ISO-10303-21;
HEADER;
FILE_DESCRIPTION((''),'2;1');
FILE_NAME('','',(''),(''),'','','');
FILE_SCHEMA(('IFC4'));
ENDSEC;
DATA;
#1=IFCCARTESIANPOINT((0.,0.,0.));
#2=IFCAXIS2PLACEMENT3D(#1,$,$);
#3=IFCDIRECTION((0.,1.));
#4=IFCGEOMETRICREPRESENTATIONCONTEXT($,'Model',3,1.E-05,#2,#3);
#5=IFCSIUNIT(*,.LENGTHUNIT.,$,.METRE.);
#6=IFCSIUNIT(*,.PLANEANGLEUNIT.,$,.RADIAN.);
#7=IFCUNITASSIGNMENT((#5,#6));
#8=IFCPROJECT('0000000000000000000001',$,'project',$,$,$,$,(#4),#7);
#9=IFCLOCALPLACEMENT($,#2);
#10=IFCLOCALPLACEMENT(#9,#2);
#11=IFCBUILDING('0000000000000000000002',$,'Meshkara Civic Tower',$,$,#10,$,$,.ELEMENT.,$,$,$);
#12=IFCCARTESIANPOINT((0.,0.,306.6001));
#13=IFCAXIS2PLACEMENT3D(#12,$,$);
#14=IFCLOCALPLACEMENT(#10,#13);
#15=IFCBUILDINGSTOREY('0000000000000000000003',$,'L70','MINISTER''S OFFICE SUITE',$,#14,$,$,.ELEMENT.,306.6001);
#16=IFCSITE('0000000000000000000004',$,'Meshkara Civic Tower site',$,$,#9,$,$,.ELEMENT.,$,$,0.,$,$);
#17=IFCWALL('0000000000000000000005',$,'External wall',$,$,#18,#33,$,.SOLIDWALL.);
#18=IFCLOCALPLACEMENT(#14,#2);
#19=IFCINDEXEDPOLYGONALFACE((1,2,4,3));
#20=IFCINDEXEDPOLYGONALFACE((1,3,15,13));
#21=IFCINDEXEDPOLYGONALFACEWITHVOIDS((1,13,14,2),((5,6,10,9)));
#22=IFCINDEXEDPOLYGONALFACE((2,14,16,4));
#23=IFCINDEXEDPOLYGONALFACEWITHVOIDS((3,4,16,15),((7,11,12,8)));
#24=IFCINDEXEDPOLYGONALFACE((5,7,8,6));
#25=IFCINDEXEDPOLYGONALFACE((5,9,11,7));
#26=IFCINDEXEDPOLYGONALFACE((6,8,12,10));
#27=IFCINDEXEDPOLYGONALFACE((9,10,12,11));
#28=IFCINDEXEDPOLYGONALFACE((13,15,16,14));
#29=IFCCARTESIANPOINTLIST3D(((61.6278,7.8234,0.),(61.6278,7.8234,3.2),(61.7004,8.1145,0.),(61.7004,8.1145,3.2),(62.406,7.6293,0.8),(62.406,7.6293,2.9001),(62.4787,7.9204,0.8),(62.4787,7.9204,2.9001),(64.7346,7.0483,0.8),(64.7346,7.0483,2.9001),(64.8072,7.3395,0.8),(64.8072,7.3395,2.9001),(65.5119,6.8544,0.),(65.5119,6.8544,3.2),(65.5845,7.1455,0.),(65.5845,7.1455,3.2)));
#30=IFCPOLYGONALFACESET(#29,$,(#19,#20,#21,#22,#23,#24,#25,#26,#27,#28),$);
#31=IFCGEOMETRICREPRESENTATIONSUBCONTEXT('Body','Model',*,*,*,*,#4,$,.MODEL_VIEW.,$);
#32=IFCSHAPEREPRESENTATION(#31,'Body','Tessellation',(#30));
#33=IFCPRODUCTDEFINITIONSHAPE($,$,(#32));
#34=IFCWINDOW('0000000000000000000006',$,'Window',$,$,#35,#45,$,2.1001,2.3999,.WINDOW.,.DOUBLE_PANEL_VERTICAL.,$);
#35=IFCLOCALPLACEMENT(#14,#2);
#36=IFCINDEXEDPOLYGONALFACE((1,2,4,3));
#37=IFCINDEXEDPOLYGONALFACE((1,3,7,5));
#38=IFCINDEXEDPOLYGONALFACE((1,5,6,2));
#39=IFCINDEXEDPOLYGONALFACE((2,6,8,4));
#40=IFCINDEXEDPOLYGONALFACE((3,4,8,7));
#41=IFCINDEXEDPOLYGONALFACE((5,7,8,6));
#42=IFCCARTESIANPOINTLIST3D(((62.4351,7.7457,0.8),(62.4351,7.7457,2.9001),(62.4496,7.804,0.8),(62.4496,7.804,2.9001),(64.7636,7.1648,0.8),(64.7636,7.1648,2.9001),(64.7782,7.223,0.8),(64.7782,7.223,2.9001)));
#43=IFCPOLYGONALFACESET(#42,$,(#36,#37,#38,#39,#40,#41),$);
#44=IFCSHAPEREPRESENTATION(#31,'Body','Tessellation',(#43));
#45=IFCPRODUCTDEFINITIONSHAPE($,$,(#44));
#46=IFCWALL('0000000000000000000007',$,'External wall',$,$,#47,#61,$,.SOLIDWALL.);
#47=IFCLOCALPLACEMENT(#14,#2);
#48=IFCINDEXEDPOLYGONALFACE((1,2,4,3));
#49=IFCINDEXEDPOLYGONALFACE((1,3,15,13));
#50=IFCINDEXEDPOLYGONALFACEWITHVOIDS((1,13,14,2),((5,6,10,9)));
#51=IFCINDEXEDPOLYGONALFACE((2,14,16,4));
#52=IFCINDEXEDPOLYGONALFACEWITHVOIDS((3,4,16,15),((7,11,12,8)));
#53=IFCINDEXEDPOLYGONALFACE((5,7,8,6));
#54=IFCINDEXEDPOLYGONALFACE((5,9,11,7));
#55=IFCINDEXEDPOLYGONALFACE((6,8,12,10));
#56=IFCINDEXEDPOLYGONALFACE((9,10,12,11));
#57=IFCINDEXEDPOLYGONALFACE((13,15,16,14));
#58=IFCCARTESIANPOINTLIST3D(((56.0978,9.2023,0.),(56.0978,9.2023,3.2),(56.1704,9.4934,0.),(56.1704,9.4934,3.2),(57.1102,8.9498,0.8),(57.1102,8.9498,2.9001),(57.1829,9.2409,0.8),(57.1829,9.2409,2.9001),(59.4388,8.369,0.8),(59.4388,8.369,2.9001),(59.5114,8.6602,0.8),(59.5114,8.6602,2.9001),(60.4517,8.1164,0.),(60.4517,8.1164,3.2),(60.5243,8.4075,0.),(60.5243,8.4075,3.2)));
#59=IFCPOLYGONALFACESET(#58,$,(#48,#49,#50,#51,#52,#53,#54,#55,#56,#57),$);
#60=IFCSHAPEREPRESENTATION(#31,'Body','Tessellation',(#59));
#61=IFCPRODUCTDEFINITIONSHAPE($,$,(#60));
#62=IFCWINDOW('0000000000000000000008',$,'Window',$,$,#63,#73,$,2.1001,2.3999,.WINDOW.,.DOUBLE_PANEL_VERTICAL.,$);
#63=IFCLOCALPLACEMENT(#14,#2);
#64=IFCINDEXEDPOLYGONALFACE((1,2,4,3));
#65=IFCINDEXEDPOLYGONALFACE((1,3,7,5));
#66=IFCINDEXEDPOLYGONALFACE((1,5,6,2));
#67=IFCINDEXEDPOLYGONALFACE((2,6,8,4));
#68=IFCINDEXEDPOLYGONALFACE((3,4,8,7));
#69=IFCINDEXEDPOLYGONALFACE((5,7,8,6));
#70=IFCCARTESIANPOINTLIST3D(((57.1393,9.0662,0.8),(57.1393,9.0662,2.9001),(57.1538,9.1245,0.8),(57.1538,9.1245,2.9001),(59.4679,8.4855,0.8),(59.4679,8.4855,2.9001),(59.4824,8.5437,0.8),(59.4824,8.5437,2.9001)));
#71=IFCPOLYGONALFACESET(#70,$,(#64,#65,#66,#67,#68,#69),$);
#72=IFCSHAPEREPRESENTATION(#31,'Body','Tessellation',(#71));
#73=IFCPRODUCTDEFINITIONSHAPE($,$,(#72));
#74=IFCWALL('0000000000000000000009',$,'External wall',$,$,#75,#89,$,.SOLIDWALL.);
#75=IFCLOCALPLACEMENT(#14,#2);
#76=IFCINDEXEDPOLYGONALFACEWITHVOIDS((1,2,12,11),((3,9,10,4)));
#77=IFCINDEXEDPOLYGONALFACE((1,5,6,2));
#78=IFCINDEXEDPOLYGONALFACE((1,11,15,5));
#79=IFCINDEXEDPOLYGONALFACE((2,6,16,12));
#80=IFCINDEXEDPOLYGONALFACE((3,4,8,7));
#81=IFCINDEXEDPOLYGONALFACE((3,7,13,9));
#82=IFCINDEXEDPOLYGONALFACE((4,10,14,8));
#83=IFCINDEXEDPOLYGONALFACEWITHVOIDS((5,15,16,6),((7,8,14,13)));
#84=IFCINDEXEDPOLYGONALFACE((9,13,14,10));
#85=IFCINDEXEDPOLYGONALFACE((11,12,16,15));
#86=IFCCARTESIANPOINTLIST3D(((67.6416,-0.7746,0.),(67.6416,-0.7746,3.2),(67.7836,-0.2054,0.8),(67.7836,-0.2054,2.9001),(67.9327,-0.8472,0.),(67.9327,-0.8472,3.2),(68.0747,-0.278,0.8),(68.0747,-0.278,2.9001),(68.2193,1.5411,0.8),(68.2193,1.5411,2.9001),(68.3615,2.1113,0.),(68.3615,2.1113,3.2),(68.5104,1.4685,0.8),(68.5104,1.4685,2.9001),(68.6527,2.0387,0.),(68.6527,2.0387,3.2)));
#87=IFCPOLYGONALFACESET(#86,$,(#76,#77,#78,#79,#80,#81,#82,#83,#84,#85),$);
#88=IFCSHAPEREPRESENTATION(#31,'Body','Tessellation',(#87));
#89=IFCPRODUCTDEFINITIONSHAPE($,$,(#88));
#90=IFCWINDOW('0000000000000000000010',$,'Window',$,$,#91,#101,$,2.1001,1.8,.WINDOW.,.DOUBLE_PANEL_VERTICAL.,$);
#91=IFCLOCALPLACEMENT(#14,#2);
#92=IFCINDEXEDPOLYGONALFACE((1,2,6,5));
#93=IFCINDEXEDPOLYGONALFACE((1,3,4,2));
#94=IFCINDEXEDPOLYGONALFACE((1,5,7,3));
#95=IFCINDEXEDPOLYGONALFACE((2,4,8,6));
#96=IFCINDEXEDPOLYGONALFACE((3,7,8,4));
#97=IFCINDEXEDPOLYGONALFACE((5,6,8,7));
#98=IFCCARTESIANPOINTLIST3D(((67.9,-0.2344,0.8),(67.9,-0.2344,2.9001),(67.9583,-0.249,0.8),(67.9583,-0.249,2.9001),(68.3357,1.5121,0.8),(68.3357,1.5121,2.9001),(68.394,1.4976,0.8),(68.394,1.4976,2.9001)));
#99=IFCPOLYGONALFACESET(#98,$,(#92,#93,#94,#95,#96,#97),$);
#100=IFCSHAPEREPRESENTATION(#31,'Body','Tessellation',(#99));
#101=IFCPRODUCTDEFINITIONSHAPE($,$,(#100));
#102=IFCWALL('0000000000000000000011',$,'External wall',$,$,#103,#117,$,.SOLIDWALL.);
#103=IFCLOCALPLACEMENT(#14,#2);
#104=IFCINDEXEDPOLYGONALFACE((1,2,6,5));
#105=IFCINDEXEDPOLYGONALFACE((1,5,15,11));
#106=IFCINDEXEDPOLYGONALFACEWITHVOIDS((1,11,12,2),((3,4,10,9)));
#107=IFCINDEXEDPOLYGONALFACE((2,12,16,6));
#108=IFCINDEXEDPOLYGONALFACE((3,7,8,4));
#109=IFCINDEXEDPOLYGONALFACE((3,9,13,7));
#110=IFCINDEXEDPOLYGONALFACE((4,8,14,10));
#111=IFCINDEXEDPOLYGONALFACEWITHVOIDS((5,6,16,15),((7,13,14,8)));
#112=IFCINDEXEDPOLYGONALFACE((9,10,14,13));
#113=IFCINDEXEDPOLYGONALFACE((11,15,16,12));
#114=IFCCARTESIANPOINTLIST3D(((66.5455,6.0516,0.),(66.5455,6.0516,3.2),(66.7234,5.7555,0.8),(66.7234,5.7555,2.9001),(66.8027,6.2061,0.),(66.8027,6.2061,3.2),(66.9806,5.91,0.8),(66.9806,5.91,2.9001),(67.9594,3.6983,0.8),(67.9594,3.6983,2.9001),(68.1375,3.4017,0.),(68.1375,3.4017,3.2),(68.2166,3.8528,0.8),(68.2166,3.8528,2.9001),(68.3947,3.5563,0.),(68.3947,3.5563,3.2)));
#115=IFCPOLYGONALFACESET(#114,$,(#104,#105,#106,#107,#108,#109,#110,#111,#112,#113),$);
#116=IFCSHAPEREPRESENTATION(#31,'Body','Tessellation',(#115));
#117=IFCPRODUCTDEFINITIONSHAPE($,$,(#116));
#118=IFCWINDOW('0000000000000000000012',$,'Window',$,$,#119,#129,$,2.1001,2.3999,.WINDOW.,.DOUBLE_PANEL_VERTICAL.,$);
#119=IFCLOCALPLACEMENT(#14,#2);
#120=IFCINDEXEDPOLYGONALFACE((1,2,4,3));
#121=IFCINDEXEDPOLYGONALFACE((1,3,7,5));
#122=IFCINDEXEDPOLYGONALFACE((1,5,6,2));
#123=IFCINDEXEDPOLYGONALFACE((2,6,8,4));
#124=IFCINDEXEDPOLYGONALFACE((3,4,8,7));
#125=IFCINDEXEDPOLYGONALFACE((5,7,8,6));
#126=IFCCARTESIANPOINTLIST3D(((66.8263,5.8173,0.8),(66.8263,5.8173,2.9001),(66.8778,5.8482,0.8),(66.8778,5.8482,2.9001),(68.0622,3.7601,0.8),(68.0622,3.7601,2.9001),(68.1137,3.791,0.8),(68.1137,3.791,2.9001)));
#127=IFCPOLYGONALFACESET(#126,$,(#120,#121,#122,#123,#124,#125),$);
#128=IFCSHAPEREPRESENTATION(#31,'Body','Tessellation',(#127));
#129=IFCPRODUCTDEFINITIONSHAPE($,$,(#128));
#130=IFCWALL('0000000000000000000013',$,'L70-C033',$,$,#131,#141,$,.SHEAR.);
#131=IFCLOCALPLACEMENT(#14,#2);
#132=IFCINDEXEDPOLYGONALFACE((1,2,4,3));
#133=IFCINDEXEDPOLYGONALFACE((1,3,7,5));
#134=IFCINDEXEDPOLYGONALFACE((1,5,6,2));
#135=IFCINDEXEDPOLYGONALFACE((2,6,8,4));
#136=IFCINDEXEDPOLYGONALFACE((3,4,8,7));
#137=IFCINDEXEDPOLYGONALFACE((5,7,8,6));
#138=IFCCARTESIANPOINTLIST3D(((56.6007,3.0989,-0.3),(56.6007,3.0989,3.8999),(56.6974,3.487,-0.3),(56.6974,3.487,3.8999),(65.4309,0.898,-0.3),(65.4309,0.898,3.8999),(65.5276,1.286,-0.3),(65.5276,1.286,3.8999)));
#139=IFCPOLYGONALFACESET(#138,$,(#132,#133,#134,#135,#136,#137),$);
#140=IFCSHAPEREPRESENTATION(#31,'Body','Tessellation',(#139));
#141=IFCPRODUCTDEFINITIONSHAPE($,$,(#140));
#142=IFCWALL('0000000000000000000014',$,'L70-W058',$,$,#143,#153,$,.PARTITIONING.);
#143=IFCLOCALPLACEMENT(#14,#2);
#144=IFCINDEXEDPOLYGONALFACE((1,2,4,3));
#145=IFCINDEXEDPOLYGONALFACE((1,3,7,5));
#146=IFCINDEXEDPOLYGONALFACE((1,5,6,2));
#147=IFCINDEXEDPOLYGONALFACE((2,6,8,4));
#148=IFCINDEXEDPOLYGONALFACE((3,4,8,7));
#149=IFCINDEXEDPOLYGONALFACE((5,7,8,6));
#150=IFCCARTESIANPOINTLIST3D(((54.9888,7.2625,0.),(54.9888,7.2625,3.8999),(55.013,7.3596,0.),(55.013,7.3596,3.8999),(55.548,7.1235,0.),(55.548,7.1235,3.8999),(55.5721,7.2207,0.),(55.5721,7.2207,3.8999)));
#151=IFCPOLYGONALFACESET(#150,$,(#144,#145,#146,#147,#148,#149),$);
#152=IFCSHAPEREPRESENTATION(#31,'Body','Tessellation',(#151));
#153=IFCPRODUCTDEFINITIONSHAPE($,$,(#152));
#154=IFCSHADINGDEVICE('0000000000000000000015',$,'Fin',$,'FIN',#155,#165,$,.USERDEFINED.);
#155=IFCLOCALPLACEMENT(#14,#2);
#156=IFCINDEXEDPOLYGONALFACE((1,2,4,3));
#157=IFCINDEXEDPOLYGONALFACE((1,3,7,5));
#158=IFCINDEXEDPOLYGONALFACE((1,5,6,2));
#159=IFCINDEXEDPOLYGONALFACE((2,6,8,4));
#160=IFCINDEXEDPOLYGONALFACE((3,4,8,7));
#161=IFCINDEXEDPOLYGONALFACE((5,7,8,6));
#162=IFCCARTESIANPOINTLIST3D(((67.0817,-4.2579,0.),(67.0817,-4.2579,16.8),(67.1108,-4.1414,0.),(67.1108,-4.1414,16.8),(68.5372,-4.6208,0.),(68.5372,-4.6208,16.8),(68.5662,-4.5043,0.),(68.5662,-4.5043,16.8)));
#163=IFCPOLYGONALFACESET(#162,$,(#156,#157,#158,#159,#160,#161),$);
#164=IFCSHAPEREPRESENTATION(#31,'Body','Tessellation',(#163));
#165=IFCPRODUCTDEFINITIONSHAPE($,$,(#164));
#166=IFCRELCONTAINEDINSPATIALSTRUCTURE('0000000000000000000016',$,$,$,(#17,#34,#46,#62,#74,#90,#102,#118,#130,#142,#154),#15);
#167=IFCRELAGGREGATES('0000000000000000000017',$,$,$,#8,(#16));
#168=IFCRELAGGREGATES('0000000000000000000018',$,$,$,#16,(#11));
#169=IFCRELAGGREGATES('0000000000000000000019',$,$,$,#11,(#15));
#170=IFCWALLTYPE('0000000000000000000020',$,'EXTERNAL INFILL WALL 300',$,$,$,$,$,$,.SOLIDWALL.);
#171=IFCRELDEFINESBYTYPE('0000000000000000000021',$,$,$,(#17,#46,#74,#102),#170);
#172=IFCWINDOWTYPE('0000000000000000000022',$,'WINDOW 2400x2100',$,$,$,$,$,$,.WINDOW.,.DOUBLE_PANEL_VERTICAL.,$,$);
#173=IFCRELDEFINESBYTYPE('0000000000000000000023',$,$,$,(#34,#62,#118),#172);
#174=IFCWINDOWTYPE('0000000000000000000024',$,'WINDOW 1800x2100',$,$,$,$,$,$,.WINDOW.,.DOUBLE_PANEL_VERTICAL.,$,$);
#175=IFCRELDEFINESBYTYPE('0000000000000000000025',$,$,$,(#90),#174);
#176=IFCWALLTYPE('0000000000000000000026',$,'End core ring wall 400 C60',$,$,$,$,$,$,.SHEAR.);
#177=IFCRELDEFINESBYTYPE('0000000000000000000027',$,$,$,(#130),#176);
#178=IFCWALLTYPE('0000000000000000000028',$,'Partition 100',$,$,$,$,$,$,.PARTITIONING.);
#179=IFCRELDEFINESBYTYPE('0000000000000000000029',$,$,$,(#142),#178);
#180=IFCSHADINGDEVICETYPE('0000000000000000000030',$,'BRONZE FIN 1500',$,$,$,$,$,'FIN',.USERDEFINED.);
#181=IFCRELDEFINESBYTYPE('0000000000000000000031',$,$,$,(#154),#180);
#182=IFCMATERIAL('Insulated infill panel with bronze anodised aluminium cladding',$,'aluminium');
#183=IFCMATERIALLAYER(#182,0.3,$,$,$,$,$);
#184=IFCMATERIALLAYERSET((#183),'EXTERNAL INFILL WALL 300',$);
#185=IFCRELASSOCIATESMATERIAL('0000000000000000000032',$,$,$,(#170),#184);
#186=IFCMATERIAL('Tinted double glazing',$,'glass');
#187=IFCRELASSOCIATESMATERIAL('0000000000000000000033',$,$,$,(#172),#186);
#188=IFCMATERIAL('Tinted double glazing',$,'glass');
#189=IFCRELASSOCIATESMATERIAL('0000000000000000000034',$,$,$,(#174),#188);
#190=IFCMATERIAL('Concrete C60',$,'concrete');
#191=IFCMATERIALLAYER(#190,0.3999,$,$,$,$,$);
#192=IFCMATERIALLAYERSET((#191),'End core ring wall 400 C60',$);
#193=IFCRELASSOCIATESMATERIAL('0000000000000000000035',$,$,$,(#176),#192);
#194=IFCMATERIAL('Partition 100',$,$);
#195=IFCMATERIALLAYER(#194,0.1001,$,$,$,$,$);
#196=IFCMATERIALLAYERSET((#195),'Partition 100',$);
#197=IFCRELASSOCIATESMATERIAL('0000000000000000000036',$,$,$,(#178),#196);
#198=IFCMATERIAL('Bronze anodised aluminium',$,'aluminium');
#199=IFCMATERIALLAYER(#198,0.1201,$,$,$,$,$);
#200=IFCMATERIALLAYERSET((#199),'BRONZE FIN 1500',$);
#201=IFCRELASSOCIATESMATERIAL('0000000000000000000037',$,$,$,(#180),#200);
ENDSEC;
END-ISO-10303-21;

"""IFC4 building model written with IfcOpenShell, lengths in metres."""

from ifc_helpers import new_model, si_unit, direction, frame, frame_2d, origin, origin_2d, place, context, subcontext, project, spatial, rectangle, extrude, material, layer, layer_set, type_object, element, fill, save


model = new_model("IFC4")

# Units and contexts
model_context = context("Model", 3, precision=1e-05, world=origin(), true_north=direction((0.0, 1.0)))
body_context = subcontext(model_context, "Body", "Model", "MODEL_VIEW")
ifc_project = project(units=[si_unit("LENGTHUNIT", "METRE"), si_unit("PLANEANGLEUNIT", "RADIAN")], contexts=[model_context])

# Site, building, storey
site_placement = place(None, origin())
site = spatial("IfcSite", under=ifc_project, at=site_placement, Name="Meshkara Civic Tower site", CompositionType="ELEMENT", RefElevation=0.0)
building_placement = place(site_placement, origin())
building = spatial("IfcBuilding", under=site, at=building_placement, Name="Meshkara Civic Tower", CompositionType="ELEMENT")
storey_placement = place(building_placement, frame((0.0, 0.0, 306.6001)))
storey = spatial("IfcBuildingStorey", under=building, at=storey_placement, Name="L70", Description="MINISTER'S OFFICE SUITE", CompositionType="ELEMENT", Elevation=306.6001)

# Walls, openings, windows
ifc_material_1 = material(Name="Insulated infill panel with bronze anodised aluminium cladding", Category="aluminium")
ifc_layer_1 = layer(ifc_material_1, 0.3)
ifc_layer_set_1 = layer_set([ifc_layer_1], Name="EXTERNAL INFILL WALL 300")
wall_type_1 = type_object("IfcWallType", Name="EXTERNAL INFILL WALL 300", PredefinedType="SOLIDWALL", material=ifc_layer_set_1)
wall_1_placement = place(storey_placement, frame((65.5481, 7.0, 0.0), z_axis=(0.0, 0.0, 1.0), x_axis=(-0.970261, 0.242062, 0.0)))
wall_1 = element("IfcWall", 1, at=wall_1_placement, inside=storey, type_object=wall_type_1, Name="External wall", PredefinedType="SOLIDWALL", context=body_context, shape_type="SweptSolid", body=[
    extrude(rectangle(XDim=4.0032, YDim=0.3, at=frame_2d((2.0015, 0.0))), origin(), (0.0, 0.0, 1.0), 3.2),
])
opening_1_placement = place(wall_1_placement, frame((0.801, 0.0, 0.8)))
opening_1 = element("IfcOpeningElement", 2, at=opening_1_placement, cuts=wall_1, PredefinedType="OPENING", context=body_context, shape_type="SweptSolid", body=[
    extrude(rectangle(XDim=2.3999, YDim=2.1001, at=frame_2d((1.2, 1.05))), frame((0.0, 0.1599, 0.0), z_axis=(0.0, -1.0, 0.0), x_axis=(1.0, 0.0, 0.0)), (0.0, 0.0, 1.0), 0.3201),
])
ifc_material_2 = material(Name="Tinted double glazing", Category="glass")
window_type_1 = type_object("IfcWindowType", Name="WINDOW 2400x2100", PartitioningType="DOUBLE_PANEL_VERTICAL", PredefinedType="WINDOW", material=ifc_material_2)
window_1_placement = place(opening_1_placement, origin())
window_1 = element("IfcWindow", 3, at=window_1_placement, inside=storey, type_object=window_type_1, Name="Window", OverallHeight=2.1001, OverallWidth=2.3999, PartitioningType="DOUBLE_PANEL_VERTICAL", PredefinedType="WINDOW", context=body_context, shape_type="SweptSolid", body=[
    extrude(rectangle(XDim=2.3999, YDim=2.1001, at=frame_2d((1.2, 1.05))), frame((0.0, 0.03, 0.0), z_axis=(0.0, -1.0, 0.0), x_axis=(1.0, 0.0, 0.0)), (0.0, 0.0, 1.0), 0.0601),
])
fill(opening_1, window_1)
wall_2_placement = place(storey_placement, frame((60.488, 8.262, 0.0), z_axis=(0.0, 0.0, 1.0), x_axis=(-0.970277, 0.241998, 0.0)))
wall_2 = element("IfcWall", 4, at=wall_2_placement, inside=storey, type_object=wall_type_1, Name="External wall", PredefinedType="SOLIDWALL", context=body_context, shape_type="SweptSolid", body=[
    extrude(rectangle(XDim=4.4873, YDim=0.3, at=frame_2d((2.2437, 0.0))), origin(), (0.0, 0.0, 1.0), 3.2),
])
opening_2_placement = place(wall_2_placement, frame((1.0439, 0.0, 0.8)))
opening_2 = element("IfcOpeningElement", 5, at=opening_2_placement, cuts=wall_2, PredefinedType="OPENING", context=body_context, shape_type="SweptSolid", body=[
    extrude(rectangle(XDim=2.3999, YDim=2.1001, at=frame_2d((1.2, 1.05))), frame((0.0, 0.1599, 0.0), z_axis=(0.0, -1.0, 0.0), x_axis=(1.0, 0.0, 0.0)), (0.0, 0.0, 1.0), 0.3201),
])
window_2_placement = place(opening_2_placement, origin())
window_2 = element("IfcWindow", 6, at=window_2_placement, inside=storey, type_object=window_type_1, Name="Window", OverallHeight=2.1001, OverallWidth=2.3999, PartitioningType="DOUBLE_PANEL_VERTICAL", PredefinedType="WINDOW", context=body_context, shape_type="SweptSolid", body=[
    extrude(rectangle(XDim=2.3999, YDim=2.1001, at=frame_2d((1.2, 1.05))), frame((0.0, 0.03, 0.0), z_axis=(0.0, -1.0, 0.0), x_axis=(1.0, 0.0, 0.0)), (0.0, 0.0, 1.0), 0.0601),
])
fill(opening_2, window_2)
wall_3_placement = place(storey_placement, frame((67.7871, -0.811, 0.0), z_axis=(0.0, 0.0, 1.0), x_axis=(0.242053, 0.970263, 0.0)))
wall_3 = element("IfcWall", 7, at=wall_3_placement, inside=storey, type_object=wall_type_1, Name="External wall", PredefinedType="SOLIDWALL", context=body_context, shape_type="SweptSolid", body=[
    extrude(rectangle(XDim=2.9744, YDim=0.3, at=frame_2d((1.4873, 0.0))), origin(), (0.0, 0.0, 1.0), 3.2),
])
opening_3_placement = place(wall_3_placement, frame((0.5869, 0.0, 0.8)))
opening_3 = element("IfcOpeningElement", 8, at=opening_3_placement, cuts=wall_3, PredefinedType="OPENING", context=body_context, shape_type="SweptSolid", body=[
    extrude(rectangle(XDim=1.8, YDim=2.1001, at=frame_2d((0.8999, 1.05))), frame((0.0, 0.1599, 0.0), z_axis=(0.0, -1.0, 0.0), x_axis=(1.0, 0.0, 0.0)), (0.0, 0.0, 1.0), 0.3201),
])
ifc_material_3 = material(Name="Tinted double glazing", Category="glass")
window_type_2 = type_object("IfcWindowType", Name="WINDOW 1800x2100", PartitioningType="DOUBLE_PANEL_VERTICAL", PredefinedType="WINDOW", material=ifc_material_3)
window_3_placement = place(opening_3_placement, origin())
window_3 = element("IfcWindow", 9, at=window_3_placement, inside=storey, type_object=window_type_2, Name="Window", OverallHeight=2.1001, OverallWidth=1.8, PartitioningType="DOUBLE_PANEL_VERTICAL", PredefinedType="WINDOW", context=body_context, shape_type="SweptSolid", body=[
    extrude(rectangle(XDim=1.8, YDim=2.1001, at=frame_2d((0.8999, 1.05))), frame((0.0, 0.03, 0.0), z_axis=(0.0, -1.0, 0.0), x_axis=(1.0, 0.0, 0.0)), (0.0, 0.0, 1.0), 0.0601),
])
fill(opening_3, window_3)
wall_4_placement = place(storey_placement, frame((68.2661, 3.479, 0.0), z_axis=(0.0, 0.0, 1.0), x_axis=(-0.514995, 0.857193, 0.0)))
wall_4 = element("IfcWall", 10, at=wall_4_placement, inside=storey, type_object=wall_type_1, Name="External wall", PredefinedType="SOLIDWALL", context=body_context, shape_type="SweptSolid", body=[
    extrude(rectangle(XDim=3.0913, YDim=0.3, at=frame_2d((1.5457, 0.0))), origin(), (0.0, 0.0, 1.0), 3.2),
])
opening_4_placement = place(wall_4_placement, frame((0.3459, 0.0, 0.8)))
opening_4 = element("IfcOpeningElement", 11, at=opening_4_placement, cuts=wall_4, PredefinedType="OPENING", context=body_context, shape_type="SweptSolid", body=[
    extrude(rectangle(XDim=2.3999, YDim=2.1001, at=frame_2d((1.2, 1.05))), frame((0.0, 0.1599, 0.0), z_axis=(0.0, -1.0, 0.0), x_axis=(1.0, 0.0, 0.0)), (0.0, 0.0, 1.0), 0.3201),
])
window_4_placement = place(opening_4_placement, origin())
window_4 = element("IfcWindow", 12, at=window_4_placement, inside=storey, type_object=window_type_1, Name="Window", OverallHeight=2.1001, OverallWidth=2.3999, PartitioningType="DOUBLE_PANEL_VERTICAL", PredefinedType="WINDOW", context=body_context, shape_type="SweptSolid", body=[
    extrude(rectangle(XDim=2.3999, YDim=2.1001, at=frame_2d((1.2, 1.05))), frame((0.0, 0.03, 0.0), z_axis=(0.0, -1.0, 0.0), x_axis=(1.0, 0.0, 0.0)), (0.0, 0.0, 1.0), 0.0601),
])
fill(opening_4, window_4)

# Walls
ifc_material_4 = material(Name="Concrete C60", Category="concrete")
ifc_layer_2 = layer(ifc_material_4, 0.3999)
ifc_layer_set_2 = layer_set([ifc_layer_2], Name="End core ring wall 400 C60")
wall_type_2 = type_object("IfcWallType", Name="End core ring wall 400 C60", PredefinedType="SHEAR", material=ifc_layer_set_2)
wall_5_placement = place(storey_placement, frame((56.6489, 3.293, -0.3), z_axis=(0.0, 0.0, 1.0), x_axis=(0.970313, -0.241854, 0.0)))
element("IfcWall", 13, at=wall_5_placement, inside=storey, type_object=wall_type_2, Name="L70-C033", PredefinedType="SHEAR", context=body_context, shape_type="SweptSolid", body=[
    extrude(rectangle(XDim=9.1003, YDim=0.3999, at=frame_2d((4.5503, 0.0))), origin(), (0.0, 0.0, 1.0), 4.2),
])
ifc_material_5 = material(Name="Partition 100")
ifc_layer_3 = layer(ifc_material_5, 0.1001)
ifc_layer_set_3 = layer_set([ifc_layer_3], Name="Partition 100")
wall_type_3 = type_object("IfcWallType", Name="Partition 100", PredefinedType="PARTITIONING", material=ifc_layer_set_3)
wall_6_placement = place(storey_placement, frame((55.5601, 7.1721, 0.0), z_axis=(0.0, 0.0, 1.0), x_axis=(-0.970491, 0.241139, 0.0)))
element("IfcWall", 14, at=wall_6_placement, inside=storey, type_object=wall_type_3, Name="L70-W058", PredefinedType="PARTITIONING", context=body_context, shape_type="SweptSolid", body=[
    extrude(rectangle(XDim=0.5762, YDim=0.1001, at=frame_2d((0.2881, 0.0))), origin(), (0.0, 0.0, 1.0), 3.8999),
])

# Shading device
ifc_material_6 = material(Name="Bronze anodised aluminium", Category="aluminium")
ifc_layer_4 = layer(ifc_material_6, 0.1201)
ifc_layer_set_4 = layer_set([ifc_layer_4], Name="BRONZE FIN 1500")
shading_device_type = type_object("IfcShadingDeviceType", Name="BRONZE FIN 1500", ElementType="FIN", PredefinedType="USERDEFINED", material=ifc_layer_set_4)
for number, where, z_axis, x_axis, name in (
    (15, (67.824, -4.3811, 0.0), (0.0, 0.0, 1.0), (0.241939, 0.970292, 0.0), "Fin"),
):
    element("IfcShadingDevice", number, at=place(storey_placement, frame(where, z_axis=z_axis, x_axis=x_axis)), inside=storey, type_object=shading_device_type, Name=name, ObjectType="FIN", PredefinedType="USERDEFINED", context=body_context, shape_type="SweptSolid", body=[
        extrude(rectangle(XDim=0.1201, YDim=1.5, at=origin_2d()), origin(), (0.0, 0.0, 1.0), 16.8),
    ])

save(model, "model.ifc")
